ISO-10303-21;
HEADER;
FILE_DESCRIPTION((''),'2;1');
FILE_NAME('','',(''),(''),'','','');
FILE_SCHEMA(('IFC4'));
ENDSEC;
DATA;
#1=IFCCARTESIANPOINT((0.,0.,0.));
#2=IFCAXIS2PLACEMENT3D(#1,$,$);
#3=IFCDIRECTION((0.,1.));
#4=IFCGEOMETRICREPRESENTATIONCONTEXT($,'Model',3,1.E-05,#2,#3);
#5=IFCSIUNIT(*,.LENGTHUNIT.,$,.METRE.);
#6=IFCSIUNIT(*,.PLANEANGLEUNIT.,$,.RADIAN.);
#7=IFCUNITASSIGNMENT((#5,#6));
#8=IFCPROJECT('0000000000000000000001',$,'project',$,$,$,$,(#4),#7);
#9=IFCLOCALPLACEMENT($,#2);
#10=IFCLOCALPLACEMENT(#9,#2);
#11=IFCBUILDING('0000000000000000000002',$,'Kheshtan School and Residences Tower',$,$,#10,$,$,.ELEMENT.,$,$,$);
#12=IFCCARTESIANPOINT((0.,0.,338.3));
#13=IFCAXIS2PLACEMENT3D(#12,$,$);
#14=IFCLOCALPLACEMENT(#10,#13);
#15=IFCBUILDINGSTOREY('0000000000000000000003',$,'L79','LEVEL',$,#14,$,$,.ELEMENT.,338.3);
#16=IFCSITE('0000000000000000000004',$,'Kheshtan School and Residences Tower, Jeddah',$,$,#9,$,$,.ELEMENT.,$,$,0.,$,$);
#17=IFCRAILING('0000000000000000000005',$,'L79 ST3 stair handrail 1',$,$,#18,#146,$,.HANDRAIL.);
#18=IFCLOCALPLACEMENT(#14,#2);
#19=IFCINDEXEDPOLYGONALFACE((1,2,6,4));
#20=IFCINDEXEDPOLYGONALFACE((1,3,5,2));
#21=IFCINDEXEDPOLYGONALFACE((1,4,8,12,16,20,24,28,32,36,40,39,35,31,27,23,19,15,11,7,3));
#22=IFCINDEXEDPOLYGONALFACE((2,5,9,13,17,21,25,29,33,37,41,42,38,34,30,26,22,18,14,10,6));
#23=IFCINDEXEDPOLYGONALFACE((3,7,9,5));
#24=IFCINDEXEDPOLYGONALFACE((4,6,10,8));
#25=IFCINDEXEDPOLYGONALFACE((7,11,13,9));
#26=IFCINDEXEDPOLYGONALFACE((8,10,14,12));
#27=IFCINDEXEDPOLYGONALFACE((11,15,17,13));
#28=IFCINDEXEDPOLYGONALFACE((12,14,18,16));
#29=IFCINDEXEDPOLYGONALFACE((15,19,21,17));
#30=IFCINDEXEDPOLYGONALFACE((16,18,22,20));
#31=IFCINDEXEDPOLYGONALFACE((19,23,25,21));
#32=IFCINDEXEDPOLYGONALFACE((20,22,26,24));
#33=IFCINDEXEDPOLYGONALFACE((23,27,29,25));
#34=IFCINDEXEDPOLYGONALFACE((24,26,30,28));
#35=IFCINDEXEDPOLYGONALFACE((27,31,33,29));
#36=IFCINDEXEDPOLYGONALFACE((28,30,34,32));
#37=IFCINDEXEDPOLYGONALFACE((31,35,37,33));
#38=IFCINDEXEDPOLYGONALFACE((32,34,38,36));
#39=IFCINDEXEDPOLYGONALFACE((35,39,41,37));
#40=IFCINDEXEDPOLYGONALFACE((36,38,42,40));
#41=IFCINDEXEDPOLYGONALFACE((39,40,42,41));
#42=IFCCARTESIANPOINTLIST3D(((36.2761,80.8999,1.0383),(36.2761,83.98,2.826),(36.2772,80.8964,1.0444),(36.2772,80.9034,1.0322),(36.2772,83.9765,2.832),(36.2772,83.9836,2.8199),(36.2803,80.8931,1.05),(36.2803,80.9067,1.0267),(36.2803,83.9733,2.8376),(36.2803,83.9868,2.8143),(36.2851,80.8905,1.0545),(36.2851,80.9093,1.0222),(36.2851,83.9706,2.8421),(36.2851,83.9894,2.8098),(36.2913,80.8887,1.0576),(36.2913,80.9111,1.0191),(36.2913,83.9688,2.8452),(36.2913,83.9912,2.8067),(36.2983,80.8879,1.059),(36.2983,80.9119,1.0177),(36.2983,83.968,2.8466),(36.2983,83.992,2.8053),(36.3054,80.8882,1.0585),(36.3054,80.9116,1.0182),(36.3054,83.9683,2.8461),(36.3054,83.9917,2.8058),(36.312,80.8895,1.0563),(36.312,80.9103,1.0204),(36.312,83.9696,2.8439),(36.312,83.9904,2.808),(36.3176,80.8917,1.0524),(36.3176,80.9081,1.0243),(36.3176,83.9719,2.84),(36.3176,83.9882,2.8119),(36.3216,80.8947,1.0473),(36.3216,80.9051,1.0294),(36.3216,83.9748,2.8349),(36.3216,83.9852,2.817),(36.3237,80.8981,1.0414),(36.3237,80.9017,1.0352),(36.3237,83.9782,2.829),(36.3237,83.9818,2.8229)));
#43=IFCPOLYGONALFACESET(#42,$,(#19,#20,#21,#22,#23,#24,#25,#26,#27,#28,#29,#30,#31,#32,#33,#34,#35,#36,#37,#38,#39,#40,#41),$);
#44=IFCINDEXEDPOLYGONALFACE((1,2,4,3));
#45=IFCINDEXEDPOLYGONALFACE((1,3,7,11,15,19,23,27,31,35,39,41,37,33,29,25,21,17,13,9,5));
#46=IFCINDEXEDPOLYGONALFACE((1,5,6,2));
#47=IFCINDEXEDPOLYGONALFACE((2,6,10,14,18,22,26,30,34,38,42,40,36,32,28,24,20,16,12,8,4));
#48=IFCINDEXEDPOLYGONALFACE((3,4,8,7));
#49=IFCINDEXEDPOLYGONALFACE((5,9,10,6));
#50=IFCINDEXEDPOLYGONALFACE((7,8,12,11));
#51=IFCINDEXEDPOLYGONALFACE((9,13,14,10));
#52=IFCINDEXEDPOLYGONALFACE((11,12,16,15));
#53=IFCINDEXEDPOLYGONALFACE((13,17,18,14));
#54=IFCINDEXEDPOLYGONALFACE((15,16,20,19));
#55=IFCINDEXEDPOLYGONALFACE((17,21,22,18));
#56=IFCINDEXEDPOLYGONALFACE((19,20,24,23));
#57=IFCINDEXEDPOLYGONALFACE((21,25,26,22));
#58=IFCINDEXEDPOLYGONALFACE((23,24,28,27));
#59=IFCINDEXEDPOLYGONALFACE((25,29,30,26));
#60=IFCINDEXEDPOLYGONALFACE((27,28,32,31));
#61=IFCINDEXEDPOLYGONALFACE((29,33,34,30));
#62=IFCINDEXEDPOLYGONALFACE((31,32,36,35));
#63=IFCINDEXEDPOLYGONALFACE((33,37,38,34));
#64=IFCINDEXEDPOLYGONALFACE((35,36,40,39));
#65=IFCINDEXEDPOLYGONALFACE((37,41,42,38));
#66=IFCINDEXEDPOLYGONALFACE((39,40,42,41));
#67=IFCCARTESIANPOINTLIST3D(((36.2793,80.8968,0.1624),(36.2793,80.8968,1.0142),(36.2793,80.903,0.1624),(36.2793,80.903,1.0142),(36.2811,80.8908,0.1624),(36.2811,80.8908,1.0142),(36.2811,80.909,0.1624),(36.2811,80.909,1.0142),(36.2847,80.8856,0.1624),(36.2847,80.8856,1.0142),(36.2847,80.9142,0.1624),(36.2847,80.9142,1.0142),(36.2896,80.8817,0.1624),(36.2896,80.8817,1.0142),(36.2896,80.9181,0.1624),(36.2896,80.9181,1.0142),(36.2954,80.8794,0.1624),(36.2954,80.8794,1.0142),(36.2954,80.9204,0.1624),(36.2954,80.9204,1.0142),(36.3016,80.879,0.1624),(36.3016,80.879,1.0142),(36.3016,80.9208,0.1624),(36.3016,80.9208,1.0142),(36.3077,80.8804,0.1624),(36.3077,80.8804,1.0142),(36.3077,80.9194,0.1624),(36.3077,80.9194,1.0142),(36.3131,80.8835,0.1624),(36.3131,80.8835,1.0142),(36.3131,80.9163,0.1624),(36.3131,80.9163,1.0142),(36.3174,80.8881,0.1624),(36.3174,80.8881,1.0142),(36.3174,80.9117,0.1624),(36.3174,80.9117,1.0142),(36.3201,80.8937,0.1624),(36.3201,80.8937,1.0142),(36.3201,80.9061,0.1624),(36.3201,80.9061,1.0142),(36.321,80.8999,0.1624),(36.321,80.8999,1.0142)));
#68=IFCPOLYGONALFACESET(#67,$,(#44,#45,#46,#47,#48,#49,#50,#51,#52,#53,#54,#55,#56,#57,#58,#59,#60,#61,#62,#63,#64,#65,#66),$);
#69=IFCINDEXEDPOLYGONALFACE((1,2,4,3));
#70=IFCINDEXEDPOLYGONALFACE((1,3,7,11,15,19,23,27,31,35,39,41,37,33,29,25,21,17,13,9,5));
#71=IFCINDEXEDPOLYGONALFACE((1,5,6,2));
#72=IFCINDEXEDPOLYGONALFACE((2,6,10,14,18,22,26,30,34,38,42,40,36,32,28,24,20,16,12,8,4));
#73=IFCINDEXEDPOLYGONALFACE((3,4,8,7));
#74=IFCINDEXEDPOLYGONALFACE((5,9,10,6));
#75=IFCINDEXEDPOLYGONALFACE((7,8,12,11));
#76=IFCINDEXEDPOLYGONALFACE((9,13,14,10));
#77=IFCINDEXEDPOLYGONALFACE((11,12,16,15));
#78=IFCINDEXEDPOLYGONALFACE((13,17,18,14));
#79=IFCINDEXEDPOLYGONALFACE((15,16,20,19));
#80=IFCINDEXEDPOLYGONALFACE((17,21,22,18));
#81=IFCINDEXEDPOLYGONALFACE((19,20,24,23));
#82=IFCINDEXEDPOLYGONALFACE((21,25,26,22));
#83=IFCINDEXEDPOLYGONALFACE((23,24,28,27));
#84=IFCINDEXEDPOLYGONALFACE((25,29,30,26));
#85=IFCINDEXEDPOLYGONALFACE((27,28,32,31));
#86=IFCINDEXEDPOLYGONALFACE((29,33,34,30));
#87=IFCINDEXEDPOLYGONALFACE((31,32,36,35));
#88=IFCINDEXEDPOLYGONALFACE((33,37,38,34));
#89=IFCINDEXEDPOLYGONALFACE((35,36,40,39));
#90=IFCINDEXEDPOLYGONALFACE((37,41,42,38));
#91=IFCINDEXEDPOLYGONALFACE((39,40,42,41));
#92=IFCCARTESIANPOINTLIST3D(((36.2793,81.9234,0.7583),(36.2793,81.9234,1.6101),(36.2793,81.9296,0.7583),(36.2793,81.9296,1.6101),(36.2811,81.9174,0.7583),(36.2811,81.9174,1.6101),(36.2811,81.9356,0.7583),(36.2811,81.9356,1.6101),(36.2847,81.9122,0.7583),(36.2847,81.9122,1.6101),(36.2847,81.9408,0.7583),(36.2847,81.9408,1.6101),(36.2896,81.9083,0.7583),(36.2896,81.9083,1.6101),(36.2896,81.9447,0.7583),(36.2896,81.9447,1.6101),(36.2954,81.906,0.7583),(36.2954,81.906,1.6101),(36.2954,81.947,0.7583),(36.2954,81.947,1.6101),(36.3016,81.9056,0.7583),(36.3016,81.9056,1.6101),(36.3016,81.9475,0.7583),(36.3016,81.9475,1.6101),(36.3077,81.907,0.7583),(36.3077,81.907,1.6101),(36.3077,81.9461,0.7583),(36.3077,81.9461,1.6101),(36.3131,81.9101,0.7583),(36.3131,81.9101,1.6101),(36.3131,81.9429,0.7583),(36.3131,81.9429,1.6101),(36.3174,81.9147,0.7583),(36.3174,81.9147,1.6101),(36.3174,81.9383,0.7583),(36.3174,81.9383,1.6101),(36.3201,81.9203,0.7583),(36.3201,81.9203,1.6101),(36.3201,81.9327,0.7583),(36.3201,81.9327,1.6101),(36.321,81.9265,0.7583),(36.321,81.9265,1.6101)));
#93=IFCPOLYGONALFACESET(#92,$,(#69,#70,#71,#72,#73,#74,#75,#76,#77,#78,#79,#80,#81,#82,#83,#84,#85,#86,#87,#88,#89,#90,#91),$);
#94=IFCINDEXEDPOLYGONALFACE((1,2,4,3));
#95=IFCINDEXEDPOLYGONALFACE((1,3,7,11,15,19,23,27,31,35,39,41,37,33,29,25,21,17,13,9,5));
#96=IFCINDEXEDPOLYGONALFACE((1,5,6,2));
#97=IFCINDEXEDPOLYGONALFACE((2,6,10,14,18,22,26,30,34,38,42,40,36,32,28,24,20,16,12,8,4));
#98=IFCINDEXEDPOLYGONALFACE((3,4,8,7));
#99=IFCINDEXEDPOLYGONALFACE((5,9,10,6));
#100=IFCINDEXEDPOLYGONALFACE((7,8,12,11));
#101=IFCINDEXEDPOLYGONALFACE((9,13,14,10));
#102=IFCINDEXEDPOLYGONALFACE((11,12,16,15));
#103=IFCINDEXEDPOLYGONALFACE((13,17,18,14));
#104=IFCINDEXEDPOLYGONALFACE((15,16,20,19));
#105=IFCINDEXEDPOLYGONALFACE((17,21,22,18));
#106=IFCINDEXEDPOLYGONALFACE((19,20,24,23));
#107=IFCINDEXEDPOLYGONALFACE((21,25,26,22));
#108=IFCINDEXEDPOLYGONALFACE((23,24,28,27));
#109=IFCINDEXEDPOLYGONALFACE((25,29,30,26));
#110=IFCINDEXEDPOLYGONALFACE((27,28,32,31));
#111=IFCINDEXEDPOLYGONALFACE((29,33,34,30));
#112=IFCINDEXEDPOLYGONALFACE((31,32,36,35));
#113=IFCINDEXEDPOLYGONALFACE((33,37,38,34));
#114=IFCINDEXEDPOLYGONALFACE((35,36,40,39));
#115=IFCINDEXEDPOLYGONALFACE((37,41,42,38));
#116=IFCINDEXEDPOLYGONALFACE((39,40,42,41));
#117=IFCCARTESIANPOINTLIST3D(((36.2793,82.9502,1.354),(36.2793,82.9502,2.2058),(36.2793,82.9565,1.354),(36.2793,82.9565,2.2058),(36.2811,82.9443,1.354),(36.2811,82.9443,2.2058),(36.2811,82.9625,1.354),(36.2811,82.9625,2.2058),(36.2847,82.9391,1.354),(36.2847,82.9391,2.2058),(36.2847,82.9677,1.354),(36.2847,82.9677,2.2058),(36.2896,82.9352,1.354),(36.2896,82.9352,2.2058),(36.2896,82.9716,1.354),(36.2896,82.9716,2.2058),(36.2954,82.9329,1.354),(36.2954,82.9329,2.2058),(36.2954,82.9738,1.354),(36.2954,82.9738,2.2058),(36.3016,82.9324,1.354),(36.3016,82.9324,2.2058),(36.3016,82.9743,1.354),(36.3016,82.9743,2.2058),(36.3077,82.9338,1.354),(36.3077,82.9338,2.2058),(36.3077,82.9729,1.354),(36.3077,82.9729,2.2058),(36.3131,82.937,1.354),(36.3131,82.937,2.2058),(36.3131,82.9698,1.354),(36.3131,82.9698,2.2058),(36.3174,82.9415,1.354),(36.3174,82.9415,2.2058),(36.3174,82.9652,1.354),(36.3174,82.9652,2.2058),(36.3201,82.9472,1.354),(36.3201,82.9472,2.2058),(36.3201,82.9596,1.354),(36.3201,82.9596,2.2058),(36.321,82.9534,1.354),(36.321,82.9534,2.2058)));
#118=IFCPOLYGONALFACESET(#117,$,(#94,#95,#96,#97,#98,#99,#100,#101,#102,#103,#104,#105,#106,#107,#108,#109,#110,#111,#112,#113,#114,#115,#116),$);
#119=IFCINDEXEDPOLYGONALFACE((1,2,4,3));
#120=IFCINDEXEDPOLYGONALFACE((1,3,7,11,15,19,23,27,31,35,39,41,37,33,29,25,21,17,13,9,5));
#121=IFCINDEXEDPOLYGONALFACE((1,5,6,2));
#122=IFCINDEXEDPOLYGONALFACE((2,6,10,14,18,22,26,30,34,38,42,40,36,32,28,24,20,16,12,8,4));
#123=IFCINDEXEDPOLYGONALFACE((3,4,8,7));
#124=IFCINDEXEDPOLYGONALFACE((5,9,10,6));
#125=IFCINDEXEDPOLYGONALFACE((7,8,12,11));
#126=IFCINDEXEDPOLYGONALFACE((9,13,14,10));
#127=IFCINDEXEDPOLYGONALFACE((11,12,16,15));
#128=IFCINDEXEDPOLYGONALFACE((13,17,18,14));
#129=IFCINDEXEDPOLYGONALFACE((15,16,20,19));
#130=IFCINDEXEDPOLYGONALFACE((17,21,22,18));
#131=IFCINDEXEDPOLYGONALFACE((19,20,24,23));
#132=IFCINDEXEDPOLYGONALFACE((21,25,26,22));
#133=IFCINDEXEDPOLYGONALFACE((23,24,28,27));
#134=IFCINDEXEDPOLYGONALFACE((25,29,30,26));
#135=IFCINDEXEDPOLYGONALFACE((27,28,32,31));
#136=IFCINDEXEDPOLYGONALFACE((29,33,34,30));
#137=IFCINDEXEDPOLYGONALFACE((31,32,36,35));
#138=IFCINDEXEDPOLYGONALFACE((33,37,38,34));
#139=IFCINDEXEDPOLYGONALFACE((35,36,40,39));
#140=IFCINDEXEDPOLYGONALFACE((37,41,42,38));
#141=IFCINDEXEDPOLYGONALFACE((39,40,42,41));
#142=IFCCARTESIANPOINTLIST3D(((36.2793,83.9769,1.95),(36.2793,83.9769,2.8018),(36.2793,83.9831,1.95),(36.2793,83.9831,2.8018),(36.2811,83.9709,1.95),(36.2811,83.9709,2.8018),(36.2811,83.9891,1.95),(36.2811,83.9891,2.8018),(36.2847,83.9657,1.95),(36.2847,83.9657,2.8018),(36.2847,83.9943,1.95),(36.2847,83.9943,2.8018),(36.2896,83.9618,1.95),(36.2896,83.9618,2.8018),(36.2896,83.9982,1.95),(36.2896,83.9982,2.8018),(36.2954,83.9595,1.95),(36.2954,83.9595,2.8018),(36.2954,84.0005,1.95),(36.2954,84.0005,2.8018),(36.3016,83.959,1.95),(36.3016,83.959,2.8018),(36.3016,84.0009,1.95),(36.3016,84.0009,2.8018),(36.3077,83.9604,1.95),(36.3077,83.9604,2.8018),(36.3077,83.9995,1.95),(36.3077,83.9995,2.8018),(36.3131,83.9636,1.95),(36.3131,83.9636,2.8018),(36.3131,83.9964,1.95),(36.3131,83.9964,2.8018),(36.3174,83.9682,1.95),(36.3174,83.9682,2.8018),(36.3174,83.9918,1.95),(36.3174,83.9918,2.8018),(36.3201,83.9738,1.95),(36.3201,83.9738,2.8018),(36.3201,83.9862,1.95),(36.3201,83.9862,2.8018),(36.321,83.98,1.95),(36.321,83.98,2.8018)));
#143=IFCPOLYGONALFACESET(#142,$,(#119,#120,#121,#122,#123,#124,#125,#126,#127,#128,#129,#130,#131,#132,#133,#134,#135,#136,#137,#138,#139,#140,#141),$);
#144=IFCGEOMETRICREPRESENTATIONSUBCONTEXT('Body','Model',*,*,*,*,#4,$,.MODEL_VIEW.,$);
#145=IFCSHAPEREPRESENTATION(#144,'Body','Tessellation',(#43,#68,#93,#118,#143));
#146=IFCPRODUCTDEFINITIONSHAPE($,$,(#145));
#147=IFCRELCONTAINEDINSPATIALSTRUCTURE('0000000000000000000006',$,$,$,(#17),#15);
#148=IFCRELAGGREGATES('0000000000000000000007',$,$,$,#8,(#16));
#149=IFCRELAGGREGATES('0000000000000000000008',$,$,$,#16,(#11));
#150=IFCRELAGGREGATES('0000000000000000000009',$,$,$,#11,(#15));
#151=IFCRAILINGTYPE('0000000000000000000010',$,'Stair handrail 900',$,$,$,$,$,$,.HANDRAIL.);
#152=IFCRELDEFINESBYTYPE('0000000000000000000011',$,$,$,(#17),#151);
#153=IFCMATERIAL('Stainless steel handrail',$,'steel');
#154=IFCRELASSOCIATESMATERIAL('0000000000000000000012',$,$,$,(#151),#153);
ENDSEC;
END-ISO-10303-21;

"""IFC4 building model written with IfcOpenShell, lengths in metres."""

from ifc_helpers import new_model, si_unit, direction, frame, origin, origin_2d, place, context, subcontext, project, spatial, circle, extrude, material, type_object, element, save


model = new_model("IFC4")

# Units and contexts
model_context = context("Model", 3, precision=1e-05, world=origin(), true_north=direction((0.0, 1.0)))
body_context = subcontext(model_context, "Body", "Model", "MODEL_VIEW")
ifc_project = project(units=[si_unit("LENGTHUNIT", "METRE"), si_unit("PLANEANGLEUNIT", "RADIAN")], contexts=[model_context])

# Site, building, storey
site_placement = place(None, origin())
site = spatial("IfcSite", under=ifc_project, at=site_placement, Name="Kheshtan School and Residences Tower, Jeddah", CompositionType="ELEMENT", RefElevation=0.0)
building_placement = place(site_placement, origin())
building = spatial("IfcBuilding", under=site, at=building_placement, Name="Kheshtan School and Residences Tower", CompositionType="ELEMENT")
storey_placement = place(building_placement, frame((0.0, 0.0, 338.3)))
storey = spatial("IfcBuildingStorey", under=building, at=storey_placement, Name="L79", Description="LEVEL", CompositionType="ELEMENT", Elevation=338.3)

# Railing
ifc_material_1 = material(Name="Stainless steel handrail", Category="steel")
railing_type_1 = type_object("IfcRailingType", Name="Stair handrail 900", PredefinedType="HANDRAIL", material=ifc_material_1)
railing_1_placement = place(storey_placement, frame((36.3, 80.8999, 0.1624)))
element("IfcRailing", 1, at=railing_1_placement, inside=storey, type_object=railing_type_1, Name="L79 ST3 stair handrail 1", PredefinedType="HANDRAIL", context=body_context, shape_type="SweptSolid", body=[
    extrude(circle(Radius=0.0239, at=origin_2d()), frame((0.0, 0.0, 0.876), z_axis=(0.0, 0.864891, 0.50196), x_axis=(-1.0, 0.0, 0.0)), (0.0, 0.0, 1.0), 3.5613),
    extrude(circle(Radius=0.021, at=origin_2d()), origin(), (0.0, 0.0, 1.0), 0.8518),
    extrude(circle(Radius=0.021, at=origin_2d()), frame((0.0, 1.0266, 0.5959)), (0.0, 0.0, 1.0), 0.8518),
    extrude(circle(Radius=0.021, at=origin_2d()), frame((0.0, 2.0535, 1.1917)), (0.0, 0.0, 1.0), 0.8518),
    extrude(circle(Radius=0.021, at=origin_2d()), frame((0.0, 3.0801, 1.7876)), (0.0, 0.0, 1.0), 0.8518),
])

save(model, "model.ifc")
